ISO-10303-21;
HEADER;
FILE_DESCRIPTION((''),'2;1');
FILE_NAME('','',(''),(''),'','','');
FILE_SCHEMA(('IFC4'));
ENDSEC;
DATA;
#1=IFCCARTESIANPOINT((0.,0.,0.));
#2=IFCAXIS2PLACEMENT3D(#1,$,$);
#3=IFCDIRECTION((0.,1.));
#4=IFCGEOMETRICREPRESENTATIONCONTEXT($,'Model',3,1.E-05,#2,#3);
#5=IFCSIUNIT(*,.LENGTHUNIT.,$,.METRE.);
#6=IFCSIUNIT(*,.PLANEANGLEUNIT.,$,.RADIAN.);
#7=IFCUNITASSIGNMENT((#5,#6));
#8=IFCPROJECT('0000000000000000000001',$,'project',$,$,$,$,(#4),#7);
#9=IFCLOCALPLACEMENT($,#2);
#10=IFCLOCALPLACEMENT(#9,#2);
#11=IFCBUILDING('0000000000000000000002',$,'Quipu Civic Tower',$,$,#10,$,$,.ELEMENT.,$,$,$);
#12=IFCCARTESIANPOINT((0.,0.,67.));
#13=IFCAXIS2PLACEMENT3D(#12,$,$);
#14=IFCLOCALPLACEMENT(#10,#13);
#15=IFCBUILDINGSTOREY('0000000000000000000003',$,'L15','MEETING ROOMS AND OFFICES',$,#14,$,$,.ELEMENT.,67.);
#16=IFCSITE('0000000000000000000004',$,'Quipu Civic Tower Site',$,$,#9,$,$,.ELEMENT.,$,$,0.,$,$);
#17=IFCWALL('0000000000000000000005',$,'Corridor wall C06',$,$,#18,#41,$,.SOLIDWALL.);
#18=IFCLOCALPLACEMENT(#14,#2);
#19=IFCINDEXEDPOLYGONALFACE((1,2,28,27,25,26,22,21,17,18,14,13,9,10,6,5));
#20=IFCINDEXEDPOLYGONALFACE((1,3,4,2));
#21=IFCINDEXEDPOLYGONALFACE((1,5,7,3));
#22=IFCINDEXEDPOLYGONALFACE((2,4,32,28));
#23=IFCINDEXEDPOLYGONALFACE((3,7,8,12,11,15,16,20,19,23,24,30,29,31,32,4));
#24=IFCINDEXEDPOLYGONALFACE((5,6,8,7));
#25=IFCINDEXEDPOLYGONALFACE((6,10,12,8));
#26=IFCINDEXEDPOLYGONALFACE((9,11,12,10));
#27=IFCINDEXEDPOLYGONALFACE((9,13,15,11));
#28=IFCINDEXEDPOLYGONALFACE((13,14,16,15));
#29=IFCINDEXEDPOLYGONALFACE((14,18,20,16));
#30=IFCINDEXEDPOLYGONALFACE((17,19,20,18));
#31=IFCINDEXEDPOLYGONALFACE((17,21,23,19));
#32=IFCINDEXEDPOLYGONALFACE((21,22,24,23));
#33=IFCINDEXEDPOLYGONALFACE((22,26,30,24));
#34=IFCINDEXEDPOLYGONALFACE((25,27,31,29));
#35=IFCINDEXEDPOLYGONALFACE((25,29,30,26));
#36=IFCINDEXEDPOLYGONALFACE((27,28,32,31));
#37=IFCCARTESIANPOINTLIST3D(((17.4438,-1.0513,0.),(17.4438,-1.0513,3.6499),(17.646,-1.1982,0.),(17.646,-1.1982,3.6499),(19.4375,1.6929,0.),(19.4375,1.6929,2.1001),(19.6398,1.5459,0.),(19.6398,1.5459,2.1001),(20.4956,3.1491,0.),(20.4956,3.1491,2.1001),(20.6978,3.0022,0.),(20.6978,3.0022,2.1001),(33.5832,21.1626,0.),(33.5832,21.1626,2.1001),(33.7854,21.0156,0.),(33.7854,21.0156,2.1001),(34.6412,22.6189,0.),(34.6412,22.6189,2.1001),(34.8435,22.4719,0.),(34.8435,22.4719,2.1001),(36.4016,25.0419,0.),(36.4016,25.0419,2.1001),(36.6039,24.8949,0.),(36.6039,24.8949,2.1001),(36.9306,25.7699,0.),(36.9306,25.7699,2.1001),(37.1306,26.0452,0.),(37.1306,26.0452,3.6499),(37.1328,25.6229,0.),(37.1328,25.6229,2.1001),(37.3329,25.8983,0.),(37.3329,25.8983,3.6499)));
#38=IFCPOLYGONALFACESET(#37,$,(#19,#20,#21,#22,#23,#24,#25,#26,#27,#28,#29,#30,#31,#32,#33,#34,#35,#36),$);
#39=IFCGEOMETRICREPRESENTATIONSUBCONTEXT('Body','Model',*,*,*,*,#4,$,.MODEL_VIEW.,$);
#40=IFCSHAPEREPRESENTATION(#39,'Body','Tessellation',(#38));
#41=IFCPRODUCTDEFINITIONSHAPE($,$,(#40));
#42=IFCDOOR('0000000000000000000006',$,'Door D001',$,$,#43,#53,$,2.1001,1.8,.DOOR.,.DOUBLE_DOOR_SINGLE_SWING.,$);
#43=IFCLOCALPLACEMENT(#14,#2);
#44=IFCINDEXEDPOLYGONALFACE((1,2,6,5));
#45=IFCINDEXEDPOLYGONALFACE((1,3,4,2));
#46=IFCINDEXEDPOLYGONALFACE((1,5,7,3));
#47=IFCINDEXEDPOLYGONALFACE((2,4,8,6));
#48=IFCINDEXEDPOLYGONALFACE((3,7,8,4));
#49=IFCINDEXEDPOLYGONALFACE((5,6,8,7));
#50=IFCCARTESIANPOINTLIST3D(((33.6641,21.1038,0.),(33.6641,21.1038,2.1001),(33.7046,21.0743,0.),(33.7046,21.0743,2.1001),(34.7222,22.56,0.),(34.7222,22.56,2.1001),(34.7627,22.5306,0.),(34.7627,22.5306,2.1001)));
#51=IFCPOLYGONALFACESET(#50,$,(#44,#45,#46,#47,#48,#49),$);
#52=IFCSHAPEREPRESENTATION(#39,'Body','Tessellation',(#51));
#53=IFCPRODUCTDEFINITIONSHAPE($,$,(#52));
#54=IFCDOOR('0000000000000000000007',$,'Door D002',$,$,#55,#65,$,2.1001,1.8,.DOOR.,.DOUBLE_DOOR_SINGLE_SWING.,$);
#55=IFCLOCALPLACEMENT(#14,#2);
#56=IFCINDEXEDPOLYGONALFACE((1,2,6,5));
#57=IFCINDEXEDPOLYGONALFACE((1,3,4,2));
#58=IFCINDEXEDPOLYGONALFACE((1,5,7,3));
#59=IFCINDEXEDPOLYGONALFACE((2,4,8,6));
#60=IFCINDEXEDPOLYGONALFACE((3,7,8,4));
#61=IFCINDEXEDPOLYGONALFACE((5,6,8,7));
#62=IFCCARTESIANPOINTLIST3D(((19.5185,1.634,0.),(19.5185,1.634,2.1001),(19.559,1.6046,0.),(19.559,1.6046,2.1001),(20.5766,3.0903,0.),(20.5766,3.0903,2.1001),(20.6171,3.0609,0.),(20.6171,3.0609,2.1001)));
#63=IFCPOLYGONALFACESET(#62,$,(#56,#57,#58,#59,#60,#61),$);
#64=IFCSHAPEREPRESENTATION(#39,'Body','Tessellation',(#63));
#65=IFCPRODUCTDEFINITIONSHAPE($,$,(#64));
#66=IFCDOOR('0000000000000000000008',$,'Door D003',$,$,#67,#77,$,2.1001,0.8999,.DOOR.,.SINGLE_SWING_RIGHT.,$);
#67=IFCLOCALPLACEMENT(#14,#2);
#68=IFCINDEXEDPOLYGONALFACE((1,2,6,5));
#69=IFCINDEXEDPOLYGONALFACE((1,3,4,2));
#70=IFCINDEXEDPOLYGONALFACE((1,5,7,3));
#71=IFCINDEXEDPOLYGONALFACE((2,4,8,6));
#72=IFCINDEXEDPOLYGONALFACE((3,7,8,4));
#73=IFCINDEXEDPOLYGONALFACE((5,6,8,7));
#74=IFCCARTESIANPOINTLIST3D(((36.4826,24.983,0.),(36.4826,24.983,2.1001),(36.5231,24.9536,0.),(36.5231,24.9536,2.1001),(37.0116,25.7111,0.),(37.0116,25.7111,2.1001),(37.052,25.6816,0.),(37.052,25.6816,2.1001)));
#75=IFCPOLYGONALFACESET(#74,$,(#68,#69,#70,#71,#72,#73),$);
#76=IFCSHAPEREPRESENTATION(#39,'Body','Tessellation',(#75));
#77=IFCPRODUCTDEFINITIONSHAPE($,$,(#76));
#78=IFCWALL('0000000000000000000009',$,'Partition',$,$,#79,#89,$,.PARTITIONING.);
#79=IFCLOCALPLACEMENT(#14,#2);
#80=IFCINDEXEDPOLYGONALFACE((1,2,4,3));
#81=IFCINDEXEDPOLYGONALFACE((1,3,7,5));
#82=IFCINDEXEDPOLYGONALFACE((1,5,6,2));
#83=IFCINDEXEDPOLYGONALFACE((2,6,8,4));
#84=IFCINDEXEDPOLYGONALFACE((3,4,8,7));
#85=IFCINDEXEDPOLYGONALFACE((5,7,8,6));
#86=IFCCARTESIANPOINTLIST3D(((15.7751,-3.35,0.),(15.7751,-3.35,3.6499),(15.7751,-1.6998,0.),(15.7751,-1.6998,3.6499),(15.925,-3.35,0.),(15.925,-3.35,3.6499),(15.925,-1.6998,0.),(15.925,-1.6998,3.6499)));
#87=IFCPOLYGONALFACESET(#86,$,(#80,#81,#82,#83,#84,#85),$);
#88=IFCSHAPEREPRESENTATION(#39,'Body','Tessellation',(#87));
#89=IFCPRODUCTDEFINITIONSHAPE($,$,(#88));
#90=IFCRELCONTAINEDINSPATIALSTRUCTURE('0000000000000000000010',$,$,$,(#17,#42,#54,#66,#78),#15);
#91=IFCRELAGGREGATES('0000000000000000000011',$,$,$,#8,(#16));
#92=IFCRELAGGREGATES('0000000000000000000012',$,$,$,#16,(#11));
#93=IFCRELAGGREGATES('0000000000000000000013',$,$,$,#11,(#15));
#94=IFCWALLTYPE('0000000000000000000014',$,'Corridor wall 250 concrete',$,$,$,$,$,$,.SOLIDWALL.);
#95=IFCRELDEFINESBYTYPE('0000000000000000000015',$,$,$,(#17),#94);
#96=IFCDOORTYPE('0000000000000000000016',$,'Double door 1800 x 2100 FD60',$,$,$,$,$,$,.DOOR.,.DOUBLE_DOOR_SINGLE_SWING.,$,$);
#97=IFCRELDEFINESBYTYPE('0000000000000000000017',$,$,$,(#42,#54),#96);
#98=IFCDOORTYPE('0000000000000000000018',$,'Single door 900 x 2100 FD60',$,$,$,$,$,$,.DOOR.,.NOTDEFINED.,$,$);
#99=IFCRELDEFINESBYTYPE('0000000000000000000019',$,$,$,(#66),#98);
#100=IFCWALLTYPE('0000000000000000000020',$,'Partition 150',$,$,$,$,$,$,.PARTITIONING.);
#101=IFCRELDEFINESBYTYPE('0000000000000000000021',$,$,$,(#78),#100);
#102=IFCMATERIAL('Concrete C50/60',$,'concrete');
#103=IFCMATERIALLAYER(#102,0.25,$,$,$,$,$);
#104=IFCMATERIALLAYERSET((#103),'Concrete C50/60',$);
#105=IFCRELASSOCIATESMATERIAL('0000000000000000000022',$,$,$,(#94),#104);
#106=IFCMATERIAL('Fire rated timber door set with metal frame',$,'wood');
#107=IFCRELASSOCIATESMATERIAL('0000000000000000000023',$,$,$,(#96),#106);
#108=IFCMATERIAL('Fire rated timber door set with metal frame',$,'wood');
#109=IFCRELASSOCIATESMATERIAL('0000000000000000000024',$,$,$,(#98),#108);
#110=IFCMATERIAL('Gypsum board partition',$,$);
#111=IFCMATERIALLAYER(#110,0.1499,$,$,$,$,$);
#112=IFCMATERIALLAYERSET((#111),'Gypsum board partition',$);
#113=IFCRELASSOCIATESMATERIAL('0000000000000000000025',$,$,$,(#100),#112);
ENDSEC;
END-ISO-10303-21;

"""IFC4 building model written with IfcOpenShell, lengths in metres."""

from ifc_helpers import new_model, si_unit, direction, frame, frame_2d, origin, place, context, subcontext, project, spatial, rectangle, extrude, material, layer, layer_set, type_object, element, fill, save


model = new_model("IFC4")

# Units and contexts
model_context = context("Model", 3, precision=1e-05, world=origin(), true_north=direction((0.0, 1.0)))
body_context = subcontext(model_context, "Body", "Model", "MODEL_VIEW")
ifc_project = project(units=[si_unit("LENGTHUNIT", "METRE"), si_unit("PLANEANGLEUNIT", "RADIAN")], contexts=[model_context])

# Site, building, storey
site_placement = place(None, origin())
site = spatial("IfcSite", under=ifc_project, at=site_placement, Name="Quipu Civic Tower Site", CompositionType="ELEMENT", RefElevation=0.0)
building_placement = place(site_placement, origin())
building = spatial("IfcBuilding", under=site, at=building_placement, Name="Quipu Civic Tower", CompositionType="ELEMENT")
storey_placement = place(building_placement, frame((0.0, 0.0, 67.0)))
storey = spatial("IfcBuildingStorey", under=building, at=storey_placement, Name="L15", Description="MEETING ROOMS AND OFFICES", CompositionType="ELEMENT", Elevation=67.0)

# Wall, openings, doors
ifc_material_1 = material(Name="Concrete C50/60", Category="concrete")
ifc_layer_1 = layer(ifc_material_1, 0.25)
ifc_layer_set_1 = layer_set([ifc_layer_1], Name="Concrete C50/60")
wall_type_1 = type_object("IfcWallType", Name="Corridor wall 250 concrete", PredefinedType="SOLIDWALL", material=ifc_layer_set_1)
wall_1_placement = place(storey_placement, frame((17.5449, -1.1248, 0.0), z_axis=(0.0, 0.0, 1.0), x_axis=(0.587786, 0.809016, 0.0)))
wall_1 = element("IfcWall", 1, at=wall_1_placement, inside=storey, type_object=wall_type_1, Name="Corridor wall C06", PredefinedType="SOLIDWALL", context=body_context, shape_type="SweptSolid", body=[
    extrude(rectangle(XDim=33.4932, YDim=0.25, at=frame_2d((16.7466, 0.0))), origin(), (0.0, 0.0, 1.0), 3.6499),
])
opening_1_placement = place(wall_1_placement, frame((27.458, 0.0, 0.0)))
opening_1 = element("IfcOpeningElement", 2, at=opening_1_placement, cuts=wall_1, PredefinedType="OPENING", context=body_context, shape_type="SweptSolid", body=[
    extrude(rectangle(XDim=1.8, YDim=2.1001, at=frame_2d((0.8999, 1.05))), frame((0.0, 0.135, 0.0), z_axis=(0.0, -1.0, 0.0), x_axis=(1.0, 0.0, 0.0)), (0.0, 0.0, 1.0), 0.27),
])
opening_2_placement = place(wall_1_placement, frame((3.3921, 0.0, 0.0)))
opening_2 = element("IfcOpeningElement", 3, at=opening_2_placement, cuts=wall_1, PredefinedType="OPENING", context=body_context, shape_type="SweptSolid", body=[
    extrude(rectangle(XDim=1.8, YDim=2.1001, at=frame_2d((0.8999, 1.05))), frame((0.0, 0.135, 0.0), z_axis=(0.0, -1.0, 0.0), x_axis=(1.0, 0.0, 0.0)), (0.0, 0.0, 1.0), 0.27),
])
opening_3_placement = place(wall_1_placement, frame((32.2529, 0.0, 0.0)))
opening_3 = element("IfcOpeningElement", 4, at=opening_3_placement, cuts=wall_1, PredefinedType="OPENING", context=body_context, shape_type="SweptSolid", body=[
    extrude(rectangle(XDim=0.8999, YDim=2.1001, at=frame_2d((0.45, 1.05))), frame((0.0, 0.135, 0.0), z_axis=(0.0, -1.0, 0.0), x_axis=(1.0, 0.0, 0.0)), (0.0, 0.0, 1.0), 0.27),
])
ifc_material_2 = material(Name="Fire rated timber door set with metal frame", Category="wood")
door_type_1 = type_object("IfcDoorType", Name="Double door 1800 x 2100 FD60", OperationType="DOUBLE_DOOR_SINGLE_SWING", PredefinedType="DOOR", material=ifc_material_2)
door_1_placement = place(opening_1_placement, origin())
door_1 = element("IfcDoor", 5, at=door_1_placement, inside=storey, type_object=door_type_1, Name="Door D001", OperationType="DOUBLE_DOOR_SINGLE_SWING", OverallHeight=2.1001, OverallWidth=1.8, PredefinedType="DOOR", context=body_context, shape_type="SweptSolid", body=[
    extrude(rectangle(XDim=1.8, YDim=2.1001, at=frame_2d((0.8999, 1.05))), frame((0.0, 0.0249, 0.0), z_axis=(0.0, -1.0, 0.0), x_axis=(1.0, 0.0, 0.0)), (0.0, 0.0, 1.0), 0.05),
])
fill(opening_1, door_1)
door_2_placement = place(opening_2_placement, origin())
door_2 = element("IfcDoor", 6, at=door_2_placement, inside=storey, type_object=door_type_1, Name="Door D002", OperationType="DOUBLE_DOOR_SINGLE_SWING", OverallHeight=2.1001, OverallWidth=1.8, PredefinedType="DOOR", context=body_context, shape_type="SweptSolid", body=[
    extrude(rectangle(XDim=1.8, YDim=2.1001, at=frame_2d((0.8999, 1.05))), frame((0.0, 0.0249, 0.0), z_axis=(0.0, -1.0, 0.0), x_axis=(1.0, 0.0, 0.0)), (0.0, 0.0, 1.0), 0.05),
])
fill(opening_2, door_2)
ifc_material_3 = material(Name="Fire rated timber door set with metal frame", Category="wood")
door_type_2 = type_object("IfcDoorType", Name="Single door 900 x 2100 FD60", OperationType="NOTDEFINED", PredefinedType="DOOR", material=ifc_material_3)
door_3_placement = place(opening_3_placement, origin())
door_3 = element("IfcDoor", 7, at=door_3_placement, inside=storey, type_object=door_type_2, Name="Door D003", OperationType="SINGLE_SWING_RIGHT", OverallHeight=2.1001, OverallWidth=0.8999, PredefinedType="DOOR", context=body_context, shape_type="SweptSolid", body=[
    extrude(rectangle(XDim=0.8999, YDim=2.1001, at=frame_2d((0.45, 1.05))), frame((0.0, 0.0249, 0.0), z_axis=(0.0, -1.0, 0.0), x_axis=(1.0, 0.0, 0.0)), (0.0, 0.0, 1.0), 0.05),
])
fill(opening_3, door_3)

# Wall
ifc_material_4 = material(Name="Gypsum board partition")
ifc_layer_2 = layer(ifc_material_4, 0.1499)
ifc_layer_set_2 = layer_set([ifc_layer_2], Name="Gypsum board partition")
wall_type_2 = type_object("IfcWallType", Name="Partition 150", PredefinedType="PARTITIONING", material=ifc_layer_set_2)
wall_2_placement = place(storey_placement, frame((15.8501, -3.3501, 0.0), z_axis=(0.0, 0.0, 1.0), x_axis=(0.0, 1.0, 0.0)))
element("IfcWall", 8, at=wall_2_placement, inside=storey, type_object=wall_type_2, Name="Partition", PredefinedType="PARTITIONING", context=body_context, shape_type="SweptSolid", body=[
    extrude(rectangle(XDim=1.6501, YDim=0.1499, at=frame_2d((0.8252, 0.0))), origin(), (0.0, 0.0, 1.0), 3.6499),
])

save(model, "model.ifc")
